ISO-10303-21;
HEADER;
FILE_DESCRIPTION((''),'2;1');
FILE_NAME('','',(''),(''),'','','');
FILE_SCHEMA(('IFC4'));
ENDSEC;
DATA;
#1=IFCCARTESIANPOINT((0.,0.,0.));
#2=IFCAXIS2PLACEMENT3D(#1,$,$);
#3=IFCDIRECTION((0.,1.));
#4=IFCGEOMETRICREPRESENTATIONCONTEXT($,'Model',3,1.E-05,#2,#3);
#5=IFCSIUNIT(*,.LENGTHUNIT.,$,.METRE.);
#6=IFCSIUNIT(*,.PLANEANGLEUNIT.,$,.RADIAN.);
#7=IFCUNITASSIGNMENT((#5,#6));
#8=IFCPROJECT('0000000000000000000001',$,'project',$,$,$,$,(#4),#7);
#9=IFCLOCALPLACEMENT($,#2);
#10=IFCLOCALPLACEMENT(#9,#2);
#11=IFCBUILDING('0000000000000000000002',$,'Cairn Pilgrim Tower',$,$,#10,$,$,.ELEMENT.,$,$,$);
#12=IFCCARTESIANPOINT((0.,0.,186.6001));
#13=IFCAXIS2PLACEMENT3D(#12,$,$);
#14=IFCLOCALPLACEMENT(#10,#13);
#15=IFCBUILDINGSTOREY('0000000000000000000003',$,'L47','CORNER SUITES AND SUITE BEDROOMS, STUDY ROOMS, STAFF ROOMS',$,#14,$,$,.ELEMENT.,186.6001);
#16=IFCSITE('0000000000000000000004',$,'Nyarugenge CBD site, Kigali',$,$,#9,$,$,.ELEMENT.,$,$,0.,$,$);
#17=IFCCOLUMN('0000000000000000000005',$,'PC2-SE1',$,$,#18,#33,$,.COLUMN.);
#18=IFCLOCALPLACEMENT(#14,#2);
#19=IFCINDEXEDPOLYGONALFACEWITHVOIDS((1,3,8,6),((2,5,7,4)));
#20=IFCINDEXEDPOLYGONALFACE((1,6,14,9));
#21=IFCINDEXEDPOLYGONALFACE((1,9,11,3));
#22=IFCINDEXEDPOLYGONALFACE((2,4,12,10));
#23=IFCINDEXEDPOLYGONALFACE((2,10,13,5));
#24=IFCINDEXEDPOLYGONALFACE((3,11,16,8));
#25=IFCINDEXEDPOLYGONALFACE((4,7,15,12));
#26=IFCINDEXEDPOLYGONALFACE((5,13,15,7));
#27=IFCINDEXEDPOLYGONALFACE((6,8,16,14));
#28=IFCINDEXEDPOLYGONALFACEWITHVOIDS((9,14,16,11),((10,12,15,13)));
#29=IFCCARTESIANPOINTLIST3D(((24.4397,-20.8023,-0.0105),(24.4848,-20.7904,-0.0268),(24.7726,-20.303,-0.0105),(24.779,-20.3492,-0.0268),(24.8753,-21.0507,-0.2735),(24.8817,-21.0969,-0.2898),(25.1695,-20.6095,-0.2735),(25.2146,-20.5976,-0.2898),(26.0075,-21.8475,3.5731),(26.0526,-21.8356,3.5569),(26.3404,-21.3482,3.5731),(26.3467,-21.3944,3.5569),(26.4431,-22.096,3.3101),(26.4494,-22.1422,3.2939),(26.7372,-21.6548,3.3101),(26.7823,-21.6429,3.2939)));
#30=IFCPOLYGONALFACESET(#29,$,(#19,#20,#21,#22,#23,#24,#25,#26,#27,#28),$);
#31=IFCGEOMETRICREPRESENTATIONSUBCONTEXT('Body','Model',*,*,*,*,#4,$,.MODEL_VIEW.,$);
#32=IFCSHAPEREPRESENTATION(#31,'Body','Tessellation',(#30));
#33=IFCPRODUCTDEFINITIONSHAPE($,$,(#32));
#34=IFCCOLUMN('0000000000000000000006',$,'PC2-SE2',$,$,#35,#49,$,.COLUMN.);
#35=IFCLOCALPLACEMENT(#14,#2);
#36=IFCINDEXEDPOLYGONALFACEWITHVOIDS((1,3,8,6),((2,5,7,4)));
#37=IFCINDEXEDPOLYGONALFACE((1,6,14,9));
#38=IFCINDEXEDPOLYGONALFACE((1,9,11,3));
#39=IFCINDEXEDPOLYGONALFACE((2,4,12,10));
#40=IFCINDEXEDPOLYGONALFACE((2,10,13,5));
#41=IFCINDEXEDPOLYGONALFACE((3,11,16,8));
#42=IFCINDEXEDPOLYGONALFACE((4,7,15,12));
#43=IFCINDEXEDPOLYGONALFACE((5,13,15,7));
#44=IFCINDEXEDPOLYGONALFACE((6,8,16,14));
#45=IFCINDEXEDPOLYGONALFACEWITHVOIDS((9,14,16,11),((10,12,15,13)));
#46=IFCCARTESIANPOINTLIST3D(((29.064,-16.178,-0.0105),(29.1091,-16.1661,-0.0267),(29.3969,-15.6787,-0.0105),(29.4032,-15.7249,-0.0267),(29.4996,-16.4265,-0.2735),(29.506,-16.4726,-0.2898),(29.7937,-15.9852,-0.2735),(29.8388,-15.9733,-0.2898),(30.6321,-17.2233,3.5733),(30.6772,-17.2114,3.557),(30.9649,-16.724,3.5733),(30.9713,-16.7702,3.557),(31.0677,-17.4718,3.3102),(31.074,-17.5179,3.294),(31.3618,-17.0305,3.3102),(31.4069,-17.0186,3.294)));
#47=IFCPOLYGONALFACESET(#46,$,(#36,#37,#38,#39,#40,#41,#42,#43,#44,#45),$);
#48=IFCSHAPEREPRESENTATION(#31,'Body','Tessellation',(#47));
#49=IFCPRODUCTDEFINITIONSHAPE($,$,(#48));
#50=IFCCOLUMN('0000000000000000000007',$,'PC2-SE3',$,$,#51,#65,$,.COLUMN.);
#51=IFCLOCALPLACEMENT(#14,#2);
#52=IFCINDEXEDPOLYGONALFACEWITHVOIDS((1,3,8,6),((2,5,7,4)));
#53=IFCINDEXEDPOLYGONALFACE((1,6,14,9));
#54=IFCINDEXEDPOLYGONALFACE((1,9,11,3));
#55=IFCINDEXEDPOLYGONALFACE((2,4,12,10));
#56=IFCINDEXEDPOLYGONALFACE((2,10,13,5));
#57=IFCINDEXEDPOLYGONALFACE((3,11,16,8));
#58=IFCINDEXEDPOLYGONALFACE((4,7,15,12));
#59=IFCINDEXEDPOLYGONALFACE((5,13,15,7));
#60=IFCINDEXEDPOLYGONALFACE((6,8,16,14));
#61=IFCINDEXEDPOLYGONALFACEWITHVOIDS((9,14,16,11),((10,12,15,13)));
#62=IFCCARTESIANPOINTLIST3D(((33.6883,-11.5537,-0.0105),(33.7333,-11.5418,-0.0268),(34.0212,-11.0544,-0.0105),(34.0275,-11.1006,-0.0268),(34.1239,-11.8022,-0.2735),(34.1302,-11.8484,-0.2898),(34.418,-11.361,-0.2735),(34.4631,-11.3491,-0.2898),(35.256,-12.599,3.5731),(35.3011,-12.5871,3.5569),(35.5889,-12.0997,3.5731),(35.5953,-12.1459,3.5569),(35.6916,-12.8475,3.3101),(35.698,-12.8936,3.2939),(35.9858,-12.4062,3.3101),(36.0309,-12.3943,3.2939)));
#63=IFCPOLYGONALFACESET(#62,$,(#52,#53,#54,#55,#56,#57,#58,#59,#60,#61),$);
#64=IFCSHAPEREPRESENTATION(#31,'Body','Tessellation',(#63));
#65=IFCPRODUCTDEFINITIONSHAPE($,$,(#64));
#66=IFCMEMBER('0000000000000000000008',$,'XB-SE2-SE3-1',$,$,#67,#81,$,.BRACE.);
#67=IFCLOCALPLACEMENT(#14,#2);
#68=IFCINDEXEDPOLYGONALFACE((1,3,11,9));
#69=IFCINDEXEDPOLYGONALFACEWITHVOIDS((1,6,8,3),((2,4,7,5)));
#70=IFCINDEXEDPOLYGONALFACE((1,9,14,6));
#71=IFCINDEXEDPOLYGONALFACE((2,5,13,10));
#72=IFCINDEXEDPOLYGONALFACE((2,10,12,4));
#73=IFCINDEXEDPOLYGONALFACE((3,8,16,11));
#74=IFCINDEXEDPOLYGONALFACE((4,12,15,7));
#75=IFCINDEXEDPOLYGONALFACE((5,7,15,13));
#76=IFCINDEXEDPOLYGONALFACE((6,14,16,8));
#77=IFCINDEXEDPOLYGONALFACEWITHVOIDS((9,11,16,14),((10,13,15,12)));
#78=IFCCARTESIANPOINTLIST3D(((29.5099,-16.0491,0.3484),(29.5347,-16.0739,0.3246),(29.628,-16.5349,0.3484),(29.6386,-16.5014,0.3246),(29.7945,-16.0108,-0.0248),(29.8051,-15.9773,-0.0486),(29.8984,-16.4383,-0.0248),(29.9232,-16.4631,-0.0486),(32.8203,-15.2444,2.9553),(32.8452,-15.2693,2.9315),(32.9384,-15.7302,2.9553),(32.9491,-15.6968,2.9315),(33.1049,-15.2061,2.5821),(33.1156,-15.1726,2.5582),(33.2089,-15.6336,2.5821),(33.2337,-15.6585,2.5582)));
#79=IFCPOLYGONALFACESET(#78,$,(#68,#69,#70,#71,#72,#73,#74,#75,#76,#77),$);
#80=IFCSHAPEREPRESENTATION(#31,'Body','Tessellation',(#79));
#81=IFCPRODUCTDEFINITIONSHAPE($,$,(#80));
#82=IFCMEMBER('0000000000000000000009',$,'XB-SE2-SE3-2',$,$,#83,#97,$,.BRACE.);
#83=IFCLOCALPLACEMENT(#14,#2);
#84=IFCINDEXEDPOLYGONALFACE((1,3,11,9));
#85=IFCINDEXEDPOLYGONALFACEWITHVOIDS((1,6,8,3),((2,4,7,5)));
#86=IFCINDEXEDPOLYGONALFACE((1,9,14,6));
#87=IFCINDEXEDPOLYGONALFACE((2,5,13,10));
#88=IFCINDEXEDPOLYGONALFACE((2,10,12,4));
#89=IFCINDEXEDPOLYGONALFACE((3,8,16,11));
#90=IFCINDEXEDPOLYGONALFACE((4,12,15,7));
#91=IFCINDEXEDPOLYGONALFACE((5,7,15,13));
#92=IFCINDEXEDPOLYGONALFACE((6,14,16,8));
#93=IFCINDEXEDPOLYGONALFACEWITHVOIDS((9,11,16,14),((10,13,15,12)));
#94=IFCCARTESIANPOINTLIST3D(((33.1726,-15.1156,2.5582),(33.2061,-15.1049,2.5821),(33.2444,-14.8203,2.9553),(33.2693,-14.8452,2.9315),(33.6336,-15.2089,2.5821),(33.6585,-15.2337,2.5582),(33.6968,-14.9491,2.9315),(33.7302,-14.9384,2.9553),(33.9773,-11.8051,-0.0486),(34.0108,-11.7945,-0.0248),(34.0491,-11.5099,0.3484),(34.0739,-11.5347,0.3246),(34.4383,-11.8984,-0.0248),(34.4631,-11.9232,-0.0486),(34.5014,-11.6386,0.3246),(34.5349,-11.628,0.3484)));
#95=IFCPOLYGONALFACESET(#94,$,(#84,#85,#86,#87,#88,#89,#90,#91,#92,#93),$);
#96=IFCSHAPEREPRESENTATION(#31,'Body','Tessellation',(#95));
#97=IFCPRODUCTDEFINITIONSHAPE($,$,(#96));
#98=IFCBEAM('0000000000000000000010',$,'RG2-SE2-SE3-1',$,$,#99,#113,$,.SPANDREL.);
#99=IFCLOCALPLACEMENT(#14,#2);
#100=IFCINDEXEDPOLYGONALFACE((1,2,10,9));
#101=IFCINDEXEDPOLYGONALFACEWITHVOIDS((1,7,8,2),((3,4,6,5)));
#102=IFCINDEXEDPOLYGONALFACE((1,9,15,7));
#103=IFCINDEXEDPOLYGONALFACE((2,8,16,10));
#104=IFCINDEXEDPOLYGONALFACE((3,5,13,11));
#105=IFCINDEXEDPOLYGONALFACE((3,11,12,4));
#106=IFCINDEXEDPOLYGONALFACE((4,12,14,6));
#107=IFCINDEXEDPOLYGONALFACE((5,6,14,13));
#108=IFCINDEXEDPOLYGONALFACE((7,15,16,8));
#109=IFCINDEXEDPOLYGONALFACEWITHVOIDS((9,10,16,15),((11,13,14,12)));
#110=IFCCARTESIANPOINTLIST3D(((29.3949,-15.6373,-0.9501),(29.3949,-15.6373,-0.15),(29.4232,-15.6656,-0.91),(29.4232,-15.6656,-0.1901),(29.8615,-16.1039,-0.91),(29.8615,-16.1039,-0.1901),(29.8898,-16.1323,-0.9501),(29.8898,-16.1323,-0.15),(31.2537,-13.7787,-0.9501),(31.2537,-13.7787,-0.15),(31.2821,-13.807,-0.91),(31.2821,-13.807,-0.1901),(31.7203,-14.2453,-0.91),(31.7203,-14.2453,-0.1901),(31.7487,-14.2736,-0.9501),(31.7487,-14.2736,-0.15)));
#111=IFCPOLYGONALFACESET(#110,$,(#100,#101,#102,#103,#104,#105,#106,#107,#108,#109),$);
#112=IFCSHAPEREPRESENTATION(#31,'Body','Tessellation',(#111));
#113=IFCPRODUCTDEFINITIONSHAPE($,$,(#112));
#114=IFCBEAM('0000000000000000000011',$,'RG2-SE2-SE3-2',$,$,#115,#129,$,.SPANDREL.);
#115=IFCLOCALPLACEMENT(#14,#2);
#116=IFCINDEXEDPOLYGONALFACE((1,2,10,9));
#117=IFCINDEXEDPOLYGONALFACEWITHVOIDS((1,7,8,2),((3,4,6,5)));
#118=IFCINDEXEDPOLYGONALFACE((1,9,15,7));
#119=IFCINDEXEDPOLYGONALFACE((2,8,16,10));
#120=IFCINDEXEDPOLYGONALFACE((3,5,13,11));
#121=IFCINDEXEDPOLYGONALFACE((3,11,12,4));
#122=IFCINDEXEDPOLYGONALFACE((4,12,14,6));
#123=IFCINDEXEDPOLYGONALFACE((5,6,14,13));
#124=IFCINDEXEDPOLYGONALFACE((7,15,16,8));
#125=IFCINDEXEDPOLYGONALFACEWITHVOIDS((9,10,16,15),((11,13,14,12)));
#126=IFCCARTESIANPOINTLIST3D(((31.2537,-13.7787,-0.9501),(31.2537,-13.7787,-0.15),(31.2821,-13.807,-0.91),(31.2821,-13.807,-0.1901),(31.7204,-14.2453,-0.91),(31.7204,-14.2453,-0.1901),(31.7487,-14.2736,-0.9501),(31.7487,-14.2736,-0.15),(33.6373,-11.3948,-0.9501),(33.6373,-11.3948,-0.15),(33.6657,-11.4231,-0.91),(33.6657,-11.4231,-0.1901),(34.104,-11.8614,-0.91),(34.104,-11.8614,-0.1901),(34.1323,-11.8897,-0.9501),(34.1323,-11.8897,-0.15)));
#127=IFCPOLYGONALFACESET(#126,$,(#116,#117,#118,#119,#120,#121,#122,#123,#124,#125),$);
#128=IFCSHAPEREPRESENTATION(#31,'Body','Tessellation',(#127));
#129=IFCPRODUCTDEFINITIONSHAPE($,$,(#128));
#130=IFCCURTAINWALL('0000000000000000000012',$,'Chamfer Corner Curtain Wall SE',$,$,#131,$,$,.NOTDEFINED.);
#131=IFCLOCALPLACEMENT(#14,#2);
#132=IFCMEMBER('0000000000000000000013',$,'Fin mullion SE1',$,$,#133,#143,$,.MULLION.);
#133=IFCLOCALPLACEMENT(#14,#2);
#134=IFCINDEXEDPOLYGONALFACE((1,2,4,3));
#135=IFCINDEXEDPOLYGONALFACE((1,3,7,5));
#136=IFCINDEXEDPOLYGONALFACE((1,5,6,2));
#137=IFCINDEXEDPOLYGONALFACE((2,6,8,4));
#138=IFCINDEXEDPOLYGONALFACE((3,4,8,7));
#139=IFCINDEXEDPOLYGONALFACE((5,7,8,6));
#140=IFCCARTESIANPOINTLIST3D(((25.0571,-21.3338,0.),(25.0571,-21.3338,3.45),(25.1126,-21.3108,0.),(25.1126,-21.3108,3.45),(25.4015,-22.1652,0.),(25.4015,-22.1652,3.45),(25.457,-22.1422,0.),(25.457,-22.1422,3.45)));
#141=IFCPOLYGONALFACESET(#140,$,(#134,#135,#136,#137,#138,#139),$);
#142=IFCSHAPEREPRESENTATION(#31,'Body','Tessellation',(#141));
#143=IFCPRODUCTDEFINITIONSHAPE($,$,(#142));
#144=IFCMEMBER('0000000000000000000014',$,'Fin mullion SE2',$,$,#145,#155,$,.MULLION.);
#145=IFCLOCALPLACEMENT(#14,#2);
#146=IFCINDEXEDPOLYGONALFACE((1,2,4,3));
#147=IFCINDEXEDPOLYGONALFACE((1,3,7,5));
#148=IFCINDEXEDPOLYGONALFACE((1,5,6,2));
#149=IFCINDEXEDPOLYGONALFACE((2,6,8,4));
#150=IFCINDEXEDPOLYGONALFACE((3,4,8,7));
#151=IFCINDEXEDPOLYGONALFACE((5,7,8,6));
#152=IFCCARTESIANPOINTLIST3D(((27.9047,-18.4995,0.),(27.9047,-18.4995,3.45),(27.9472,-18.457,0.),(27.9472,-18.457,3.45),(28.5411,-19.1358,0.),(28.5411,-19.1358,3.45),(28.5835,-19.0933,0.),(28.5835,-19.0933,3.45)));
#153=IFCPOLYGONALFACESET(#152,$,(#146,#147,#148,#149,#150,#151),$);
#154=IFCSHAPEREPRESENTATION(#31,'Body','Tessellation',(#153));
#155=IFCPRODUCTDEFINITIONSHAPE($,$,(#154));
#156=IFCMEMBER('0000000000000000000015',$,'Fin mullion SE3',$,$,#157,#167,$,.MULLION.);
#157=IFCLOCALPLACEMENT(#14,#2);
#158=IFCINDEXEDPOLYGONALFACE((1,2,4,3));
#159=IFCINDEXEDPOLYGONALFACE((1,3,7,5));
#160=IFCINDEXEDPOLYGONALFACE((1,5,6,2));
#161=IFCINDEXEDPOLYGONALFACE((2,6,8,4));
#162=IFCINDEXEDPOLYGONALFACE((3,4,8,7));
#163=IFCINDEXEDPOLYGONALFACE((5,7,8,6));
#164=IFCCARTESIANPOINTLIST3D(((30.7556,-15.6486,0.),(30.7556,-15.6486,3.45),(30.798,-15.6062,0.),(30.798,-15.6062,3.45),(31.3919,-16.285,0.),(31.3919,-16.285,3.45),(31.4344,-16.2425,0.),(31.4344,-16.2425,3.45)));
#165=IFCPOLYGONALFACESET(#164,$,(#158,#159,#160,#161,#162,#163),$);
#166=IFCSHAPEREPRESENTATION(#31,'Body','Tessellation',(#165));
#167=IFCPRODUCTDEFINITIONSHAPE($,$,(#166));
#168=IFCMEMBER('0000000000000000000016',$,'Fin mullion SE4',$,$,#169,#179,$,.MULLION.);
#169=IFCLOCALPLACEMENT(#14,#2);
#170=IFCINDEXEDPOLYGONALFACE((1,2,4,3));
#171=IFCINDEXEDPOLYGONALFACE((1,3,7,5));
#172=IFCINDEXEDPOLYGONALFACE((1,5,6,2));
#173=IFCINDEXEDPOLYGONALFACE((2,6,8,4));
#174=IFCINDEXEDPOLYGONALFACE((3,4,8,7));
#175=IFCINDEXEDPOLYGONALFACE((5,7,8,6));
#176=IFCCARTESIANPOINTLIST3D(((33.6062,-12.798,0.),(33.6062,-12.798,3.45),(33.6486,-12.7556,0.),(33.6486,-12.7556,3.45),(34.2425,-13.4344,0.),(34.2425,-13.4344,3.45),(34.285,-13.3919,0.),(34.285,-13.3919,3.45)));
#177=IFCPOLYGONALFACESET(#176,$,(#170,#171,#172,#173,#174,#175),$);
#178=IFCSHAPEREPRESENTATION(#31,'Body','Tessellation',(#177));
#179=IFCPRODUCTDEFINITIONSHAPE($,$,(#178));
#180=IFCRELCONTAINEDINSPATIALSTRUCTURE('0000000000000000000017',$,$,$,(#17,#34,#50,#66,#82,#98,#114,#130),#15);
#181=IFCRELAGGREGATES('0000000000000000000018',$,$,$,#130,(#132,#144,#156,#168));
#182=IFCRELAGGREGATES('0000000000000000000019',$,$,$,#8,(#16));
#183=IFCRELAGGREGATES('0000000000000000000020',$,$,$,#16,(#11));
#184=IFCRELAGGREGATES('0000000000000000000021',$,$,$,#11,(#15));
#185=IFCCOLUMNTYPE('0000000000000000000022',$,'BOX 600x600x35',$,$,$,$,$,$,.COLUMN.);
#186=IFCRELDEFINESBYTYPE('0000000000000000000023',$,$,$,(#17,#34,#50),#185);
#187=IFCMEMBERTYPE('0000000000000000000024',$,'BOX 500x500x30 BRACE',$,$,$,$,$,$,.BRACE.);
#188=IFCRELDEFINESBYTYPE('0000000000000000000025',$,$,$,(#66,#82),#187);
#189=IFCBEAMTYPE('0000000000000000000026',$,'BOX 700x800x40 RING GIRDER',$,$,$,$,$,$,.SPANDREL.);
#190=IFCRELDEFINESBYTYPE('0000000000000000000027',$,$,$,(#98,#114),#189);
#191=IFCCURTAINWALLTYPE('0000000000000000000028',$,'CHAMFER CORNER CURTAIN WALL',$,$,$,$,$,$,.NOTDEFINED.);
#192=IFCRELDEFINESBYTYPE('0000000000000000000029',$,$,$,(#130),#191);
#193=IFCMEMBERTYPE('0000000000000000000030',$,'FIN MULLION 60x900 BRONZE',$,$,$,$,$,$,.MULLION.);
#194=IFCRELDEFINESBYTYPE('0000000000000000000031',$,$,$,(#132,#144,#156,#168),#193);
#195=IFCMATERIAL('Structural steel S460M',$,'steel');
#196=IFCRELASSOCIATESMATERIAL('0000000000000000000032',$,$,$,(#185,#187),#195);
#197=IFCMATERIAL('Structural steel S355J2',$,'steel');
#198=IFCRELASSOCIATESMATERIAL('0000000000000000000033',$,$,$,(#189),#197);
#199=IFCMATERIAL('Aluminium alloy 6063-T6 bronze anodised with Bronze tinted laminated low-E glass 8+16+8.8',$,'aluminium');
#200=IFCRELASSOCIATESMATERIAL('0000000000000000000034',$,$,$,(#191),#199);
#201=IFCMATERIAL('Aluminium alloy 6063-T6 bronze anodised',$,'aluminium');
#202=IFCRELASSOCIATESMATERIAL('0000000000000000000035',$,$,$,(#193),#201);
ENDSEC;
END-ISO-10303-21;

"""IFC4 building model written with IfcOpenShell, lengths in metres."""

from ifc_helpers import new_model, si_unit, direction, frame, origin, origin_2d, place, context, subcontext, project, spatial, rectangle, hollow_rectangle, extrude, clip, halfspace, material, material_profile, profile_set, type_object, element, aggregate, save


model = new_model("IFC4")

# Units and contexts
model_context = context("Model", 3, precision=1e-05, world=origin(), true_north=direction((0.0, 1.0)))
body_context = subcontext(model_context, "Body", "Model", "MODEL_VIEW")
ifc_project = project(units=[si_unit("LENGTHUNIT", "METRE"), si_unit("PLANEANGLEUNIT", "RADIAN")], contexts=[model_context])

# Site, building, storey
site_placement = place(None, origin())
site = spatial("IfcSite", under=ifc_project, at=site_placement, Name="Nyarugenge CBD site, Kigali", CompositionType="ELEMENT", RefElevation=0.0)
building_placement = place(site_placement, origin())
building = spatial("IfcBuilding", under=site, at=building_placement, Name="Cairn Pilgrim Tower", CompositionType="ELEMENT")
storey_placement = place(building_placement, frame((0.0, 0.0, 186.6001)))
storey = spatial("IfcBuildingStorey", under=building, at=storey_placement, Name="L47", Description="CORNER SUITES AND SUITE BEDROOMS, STUDY ROOMS, STAFF ROOMS", CompositionType="ELEMENT", Elevation=186.6001)

# Columns
ifc_material_1 = material(Name="Structural steel S460M", Category="steel")
ifc_material_profile_1 = material_profile(ifc_material_1, hollow_rectangle(XDim=0.6001, YDim=0.6001, WallThickness=0.0349, at=origin_2d()), Name="BOX 600x600x35")
ifc_profile_set_1 = profile_set([ifc_material_profile_1], Name="Structural steel S460M")
column_type = type_object("IfcColumnType", Name="BOX 600x600x35", PredefinedType="COLUMN", material=ifc_profile_set_1)
column_1_placement = place(storey_placement, frame((24.8271, -20.7, -0.1501), z_axis=(0.387213, -0.258162, 0.885109), x_axis=(0.55473, 0.83203, 0.0)))
element("IfcColumn", 1, at=column_1_placement, inside=storey, type_object=column_type, Name="PC2-SE1", PredefinedType="COLUMN", context=body_context, shape_type="Clipping", body=[
    clip(extrude(hollow_rectangle(XDim=0.6001, YDim=0.6001, WallThickness=0.0349, at=origin_2d()), origin(), (0.0, 0.0, 1.0), 4.0674), halfspace(frame((0.0, 0.0, 4.0488), z_axis=(0.0, 0.0, 1.0), x_axis=(1.0, 0.0, 0.0)), False)),
])
column_2_placement = place(storey_placement, frame((29.4514, -16.0757, -0.1501), z_axis=(0.387264, -0.258156, 0.885089), x_axis=(0.55467, 0.83207, 0.0)))
element("IfcColumn", 2, at=column_2_placement, inside=storey, type_object=column_type, Name="PC2-SE2", PredefinedType="COLUMN", context=body_context, shape_type="Clipping", body=[
    clip(extrude(hollow_rectangle(XDim=0.6001, YDim=0.6001, WallThickness=0.0349, at=origin_2d()), origin(), (0.0, 0.0, 1.0), 4.0674), halfspace(frame((0.0, 0.0, 4.0491), z_axis=(0.0, 0.0, 1.0), x_axis=(1.0, 0.0, 0.0)), False)),
])
column_3_placement = place(storey_placement, frame((34.0757, -11.4514, -0.1501), z_axis=(0.387213, -0.258162, 0.885109), x_axis=(0.55473, 0.83203, 0.0)))
element("IfcColumn", 3, at=column_3_placement, inside=storey, type_object=column_type, Name="PC2-SE3", PredefinedType="COLUMN", context=body_context, shape_type="Clipping", body=[
    clip(extrude(hollow_rectangle(XDim=0.6001, YDim=0.6001, WallThickness=0.0349, at=origin_2d()), origin(), (0.0, 0.0, 1.0), 4.0674), halfspace(frame((0.0, 0.0, 4.0488), z_axis=(0.0, 0.0, 1.0), x_axis=(1.0, 0.0, 0.0)), False)),
])

# Members
ifc_material_profile_2 = material_profile(ifc_material_1, hollow_rectangle(XDim=0.5, YDim=0.5, WallThickness=0.03, at=origin_2d()), Name="BOX 500x500x30")
ifc_profile_set_2 = profile_set([ifc_material_profile_2], Name="Structural steel S460M")
member_type_1 = type_object("IfcMemberType", Name="BOX 500x500x30 BRACE", PredefinedType="BRACE", material=ifc_profile_set_2)
for number, where, z_axis, x_axis, name in (
    (4, (29.7166, -16.2561, 0.1499), (0.771705, 0.187577, 0.607689), (-0.236191, 0.971707, 0.0), "XB-SE2-SE3-1"),
    (5, (34.2561, -11.7166, 0.1499), (-0.187577, -0.771705, 0.607689), (0.971707, -0.236191, 0.0), "XB-SE2-SE3-2"),
):
    element("IfcMember", number, at=place(storey_placement, frame(where, z_axis=z_axis, x_axis=x_axis)), inside=storey, type_object=member_type_1, Name=name, PredefinedType="BRACE", context=body_context, shape_type="SweptSolid", body=[
        extrude(hollow_rectangle(XDim=0.5, YDim=0.5, WallThickness=0.03, at=origin_2d()), origin(), (0.0, 0.0, 1.0), 4.2898),
    ])

# Beams
ifc_material_2 = material(Name="Structural steel S355J2", Category="steel")
ifc_material_profile_3 = material_profile(ifc_material_2, hollow_rectangle(XDim=0.7, YDim=0.8, WallThickness=0.04, at=origin_2d()), Name="BOX 700x800x40")
ifc_profile_set_3 = profile_set([ifc_material_profile_3], Name="Structural steel S355J2")
beam_type_1 = type_object("IfcBeamType", Name="BOX 700x800x40 RING GIRDER", PredefinedType="SPANDREL", material=ifc_profile_set_3)
beam_1_placement = place(storey_placement, frame((29.6423, -15.8848, -0.55), z_axis=(0.707153, 0.70706, 0.0), x_axis=(-0.70706, 0.707153, 0.0)))
element("IfcBeam", 6, at=beam_1_placement, inside=storey, type_object=beam_type_1, Name="RG2-SE2-SE3-1", PredefinedType="SPANDREL", context=body_context, shape_type="SweptSolid", body=[
    extrude(hollow_rectangle(XDim=0.7, YDim=0.8, WallThickness=0.04, at=origin_2d()), origin(), (0.0, 0.0, 1.0), 2.6287),
])
beam_2_placement = place(storey_placement, frame((31.5012, -14.0261, -0.55), z_axis=(0.707071, 0.707143, 0.0), x_axis=(-0.707143, 0.707071, 0.0)))
element("IfcBeam", 7, at=beam_2_placement, inside=storey, type_object=beam_type_1, Name="RG2-SE2-SE3-2", PredefinedType="SPANDREL", context=body_context, shape_type="SweptSolid", body=[
    extrude(hollow_rectangle(XDim=0.7, YDim=0.8, WallThickness=0.04, at=origin_2d()), origin(), (0.0, 0.0, 1.0), 3.3711),
])

# Curtain wall, members
ifc_material_3 = material(Name="Aluminium alloy 6063-T6 bronze anodised with Bronze tinted laminated low-E glass 8+16+8.8", Category="aluminium")
curtain_wall_type = type_object("IfcCurtainWallType", Name="CHAMFER CORNER CURTAIN WALL", PredefinedType="NOTDEFINED", material=ifc_material_3)
curtain_wall_placement = place(storey_placement, origin())
curtain_wall = element("IfcCurtainWall", 8, at=curtain_wall_placement, inside=storey, type_object=curtain_wall_type, Name="Chamfer Corner Curtain Wall SE", PredefinedType="NOTDEFINED")
ifc_material_4 = material(Name="Aluminium alloy 6063-T6 bronze anodised", Category="aluminium")
ifc_material_profile_4 = material_profile(ifc_material_4, rectangle(XDim=0.8999, YDim=0.0601, at=origin_2d()), Name="FIN MULLION 60x900 BRONZE")
ifc_profile_set_4 = profile_set([ifc_material_profile_4], Name="Aluminium alloy 6063-T6 bronze anodised")
member_type_2 = type_object("IfcMemberType", Name="FIN MULLION 60x900 BRONZE", PredefinedType="MULLION", material=ifc_profile_set_4)
member_1_placement = place(storey_placement, frame((25.2571, -21.738, 0.0), z_axis=(0.0, 0.0, 1.0), x_axis=(0.382683, -0.92388, 0.0)))
member_1 = element("IfcMember", 9, at=member_1_placement, type_object=member_type_2, Name="Fin mullion SE1", PredefinedType="MULLION", context=body_context, shape_type="SweptSolid", body=[
    extrude(rectangle(XDim=0.8999, YDim=0.0601, at=origin_2d()), origin(), (0.0, 0.0, 1.0), 3.45),
])
member_2_placement = place(storey_placement, frame((28.2441, -18.7964, 0.0), z_axis=(0.0, 0.0, 1.0), x_axis=(0.707107, -0.707107, 0.0)))
member_2 = element("IfcMember", 10, at=member_2_placement, type_object=member_type_2, Name="Fin mullion SE2", PredefinedType="MULLION", context=body_context, shape_type="SweptSolid", body=[
    extrude(rectangle(XDim=0.8999, YDim=0.0601, at=origin_2d()), origin(), (0.0, 0.0, 1.0), 3.45),
])
member_3_placement = place(storey_placement, frame((31.095, -15.9456, 0.0), z_axis=(0.0, 0.0, 1.0), x_axis=(0.707107, -0.707107, 0.0)))
member_3 = element("IfcMember", 11, at=member_3_placement, type_object=member_type_2, Name="Fin mullion SE3", PredefinedType="MULLION", context=body_context, shape_type="SweptSolid", body=[
    extrude(rectangle(XDim=0.8999, YDim=0.0601, at=origin_2d()), origin(), (0.0, 0.0, 1.0), 3.45),
])
member_4_placement = place(storey_placement, frame((33.9456, -13.095, 0.0), z_axis=(0.0, 0.0, 1.0), x_axis=(0.707107, -0.707107, 0.0)))
member_4 = element("IfcMember", 12, at=member_4_placement, type_object=member_type_2, Name="Fin mullion SE4", PredefinedType="MULLION", context=body_context, shape_type="SweptSolid", body=[
    extrude(rectangle(XDim=0.8999, YDim=0.0601, at=origin_2d()), origin(), (0.0, 0.0, 1.0), 3.45),
])

aggregate(curtain_wall, [member_1, member_2, member_3, member_4])

save(model, "model.ifc")
